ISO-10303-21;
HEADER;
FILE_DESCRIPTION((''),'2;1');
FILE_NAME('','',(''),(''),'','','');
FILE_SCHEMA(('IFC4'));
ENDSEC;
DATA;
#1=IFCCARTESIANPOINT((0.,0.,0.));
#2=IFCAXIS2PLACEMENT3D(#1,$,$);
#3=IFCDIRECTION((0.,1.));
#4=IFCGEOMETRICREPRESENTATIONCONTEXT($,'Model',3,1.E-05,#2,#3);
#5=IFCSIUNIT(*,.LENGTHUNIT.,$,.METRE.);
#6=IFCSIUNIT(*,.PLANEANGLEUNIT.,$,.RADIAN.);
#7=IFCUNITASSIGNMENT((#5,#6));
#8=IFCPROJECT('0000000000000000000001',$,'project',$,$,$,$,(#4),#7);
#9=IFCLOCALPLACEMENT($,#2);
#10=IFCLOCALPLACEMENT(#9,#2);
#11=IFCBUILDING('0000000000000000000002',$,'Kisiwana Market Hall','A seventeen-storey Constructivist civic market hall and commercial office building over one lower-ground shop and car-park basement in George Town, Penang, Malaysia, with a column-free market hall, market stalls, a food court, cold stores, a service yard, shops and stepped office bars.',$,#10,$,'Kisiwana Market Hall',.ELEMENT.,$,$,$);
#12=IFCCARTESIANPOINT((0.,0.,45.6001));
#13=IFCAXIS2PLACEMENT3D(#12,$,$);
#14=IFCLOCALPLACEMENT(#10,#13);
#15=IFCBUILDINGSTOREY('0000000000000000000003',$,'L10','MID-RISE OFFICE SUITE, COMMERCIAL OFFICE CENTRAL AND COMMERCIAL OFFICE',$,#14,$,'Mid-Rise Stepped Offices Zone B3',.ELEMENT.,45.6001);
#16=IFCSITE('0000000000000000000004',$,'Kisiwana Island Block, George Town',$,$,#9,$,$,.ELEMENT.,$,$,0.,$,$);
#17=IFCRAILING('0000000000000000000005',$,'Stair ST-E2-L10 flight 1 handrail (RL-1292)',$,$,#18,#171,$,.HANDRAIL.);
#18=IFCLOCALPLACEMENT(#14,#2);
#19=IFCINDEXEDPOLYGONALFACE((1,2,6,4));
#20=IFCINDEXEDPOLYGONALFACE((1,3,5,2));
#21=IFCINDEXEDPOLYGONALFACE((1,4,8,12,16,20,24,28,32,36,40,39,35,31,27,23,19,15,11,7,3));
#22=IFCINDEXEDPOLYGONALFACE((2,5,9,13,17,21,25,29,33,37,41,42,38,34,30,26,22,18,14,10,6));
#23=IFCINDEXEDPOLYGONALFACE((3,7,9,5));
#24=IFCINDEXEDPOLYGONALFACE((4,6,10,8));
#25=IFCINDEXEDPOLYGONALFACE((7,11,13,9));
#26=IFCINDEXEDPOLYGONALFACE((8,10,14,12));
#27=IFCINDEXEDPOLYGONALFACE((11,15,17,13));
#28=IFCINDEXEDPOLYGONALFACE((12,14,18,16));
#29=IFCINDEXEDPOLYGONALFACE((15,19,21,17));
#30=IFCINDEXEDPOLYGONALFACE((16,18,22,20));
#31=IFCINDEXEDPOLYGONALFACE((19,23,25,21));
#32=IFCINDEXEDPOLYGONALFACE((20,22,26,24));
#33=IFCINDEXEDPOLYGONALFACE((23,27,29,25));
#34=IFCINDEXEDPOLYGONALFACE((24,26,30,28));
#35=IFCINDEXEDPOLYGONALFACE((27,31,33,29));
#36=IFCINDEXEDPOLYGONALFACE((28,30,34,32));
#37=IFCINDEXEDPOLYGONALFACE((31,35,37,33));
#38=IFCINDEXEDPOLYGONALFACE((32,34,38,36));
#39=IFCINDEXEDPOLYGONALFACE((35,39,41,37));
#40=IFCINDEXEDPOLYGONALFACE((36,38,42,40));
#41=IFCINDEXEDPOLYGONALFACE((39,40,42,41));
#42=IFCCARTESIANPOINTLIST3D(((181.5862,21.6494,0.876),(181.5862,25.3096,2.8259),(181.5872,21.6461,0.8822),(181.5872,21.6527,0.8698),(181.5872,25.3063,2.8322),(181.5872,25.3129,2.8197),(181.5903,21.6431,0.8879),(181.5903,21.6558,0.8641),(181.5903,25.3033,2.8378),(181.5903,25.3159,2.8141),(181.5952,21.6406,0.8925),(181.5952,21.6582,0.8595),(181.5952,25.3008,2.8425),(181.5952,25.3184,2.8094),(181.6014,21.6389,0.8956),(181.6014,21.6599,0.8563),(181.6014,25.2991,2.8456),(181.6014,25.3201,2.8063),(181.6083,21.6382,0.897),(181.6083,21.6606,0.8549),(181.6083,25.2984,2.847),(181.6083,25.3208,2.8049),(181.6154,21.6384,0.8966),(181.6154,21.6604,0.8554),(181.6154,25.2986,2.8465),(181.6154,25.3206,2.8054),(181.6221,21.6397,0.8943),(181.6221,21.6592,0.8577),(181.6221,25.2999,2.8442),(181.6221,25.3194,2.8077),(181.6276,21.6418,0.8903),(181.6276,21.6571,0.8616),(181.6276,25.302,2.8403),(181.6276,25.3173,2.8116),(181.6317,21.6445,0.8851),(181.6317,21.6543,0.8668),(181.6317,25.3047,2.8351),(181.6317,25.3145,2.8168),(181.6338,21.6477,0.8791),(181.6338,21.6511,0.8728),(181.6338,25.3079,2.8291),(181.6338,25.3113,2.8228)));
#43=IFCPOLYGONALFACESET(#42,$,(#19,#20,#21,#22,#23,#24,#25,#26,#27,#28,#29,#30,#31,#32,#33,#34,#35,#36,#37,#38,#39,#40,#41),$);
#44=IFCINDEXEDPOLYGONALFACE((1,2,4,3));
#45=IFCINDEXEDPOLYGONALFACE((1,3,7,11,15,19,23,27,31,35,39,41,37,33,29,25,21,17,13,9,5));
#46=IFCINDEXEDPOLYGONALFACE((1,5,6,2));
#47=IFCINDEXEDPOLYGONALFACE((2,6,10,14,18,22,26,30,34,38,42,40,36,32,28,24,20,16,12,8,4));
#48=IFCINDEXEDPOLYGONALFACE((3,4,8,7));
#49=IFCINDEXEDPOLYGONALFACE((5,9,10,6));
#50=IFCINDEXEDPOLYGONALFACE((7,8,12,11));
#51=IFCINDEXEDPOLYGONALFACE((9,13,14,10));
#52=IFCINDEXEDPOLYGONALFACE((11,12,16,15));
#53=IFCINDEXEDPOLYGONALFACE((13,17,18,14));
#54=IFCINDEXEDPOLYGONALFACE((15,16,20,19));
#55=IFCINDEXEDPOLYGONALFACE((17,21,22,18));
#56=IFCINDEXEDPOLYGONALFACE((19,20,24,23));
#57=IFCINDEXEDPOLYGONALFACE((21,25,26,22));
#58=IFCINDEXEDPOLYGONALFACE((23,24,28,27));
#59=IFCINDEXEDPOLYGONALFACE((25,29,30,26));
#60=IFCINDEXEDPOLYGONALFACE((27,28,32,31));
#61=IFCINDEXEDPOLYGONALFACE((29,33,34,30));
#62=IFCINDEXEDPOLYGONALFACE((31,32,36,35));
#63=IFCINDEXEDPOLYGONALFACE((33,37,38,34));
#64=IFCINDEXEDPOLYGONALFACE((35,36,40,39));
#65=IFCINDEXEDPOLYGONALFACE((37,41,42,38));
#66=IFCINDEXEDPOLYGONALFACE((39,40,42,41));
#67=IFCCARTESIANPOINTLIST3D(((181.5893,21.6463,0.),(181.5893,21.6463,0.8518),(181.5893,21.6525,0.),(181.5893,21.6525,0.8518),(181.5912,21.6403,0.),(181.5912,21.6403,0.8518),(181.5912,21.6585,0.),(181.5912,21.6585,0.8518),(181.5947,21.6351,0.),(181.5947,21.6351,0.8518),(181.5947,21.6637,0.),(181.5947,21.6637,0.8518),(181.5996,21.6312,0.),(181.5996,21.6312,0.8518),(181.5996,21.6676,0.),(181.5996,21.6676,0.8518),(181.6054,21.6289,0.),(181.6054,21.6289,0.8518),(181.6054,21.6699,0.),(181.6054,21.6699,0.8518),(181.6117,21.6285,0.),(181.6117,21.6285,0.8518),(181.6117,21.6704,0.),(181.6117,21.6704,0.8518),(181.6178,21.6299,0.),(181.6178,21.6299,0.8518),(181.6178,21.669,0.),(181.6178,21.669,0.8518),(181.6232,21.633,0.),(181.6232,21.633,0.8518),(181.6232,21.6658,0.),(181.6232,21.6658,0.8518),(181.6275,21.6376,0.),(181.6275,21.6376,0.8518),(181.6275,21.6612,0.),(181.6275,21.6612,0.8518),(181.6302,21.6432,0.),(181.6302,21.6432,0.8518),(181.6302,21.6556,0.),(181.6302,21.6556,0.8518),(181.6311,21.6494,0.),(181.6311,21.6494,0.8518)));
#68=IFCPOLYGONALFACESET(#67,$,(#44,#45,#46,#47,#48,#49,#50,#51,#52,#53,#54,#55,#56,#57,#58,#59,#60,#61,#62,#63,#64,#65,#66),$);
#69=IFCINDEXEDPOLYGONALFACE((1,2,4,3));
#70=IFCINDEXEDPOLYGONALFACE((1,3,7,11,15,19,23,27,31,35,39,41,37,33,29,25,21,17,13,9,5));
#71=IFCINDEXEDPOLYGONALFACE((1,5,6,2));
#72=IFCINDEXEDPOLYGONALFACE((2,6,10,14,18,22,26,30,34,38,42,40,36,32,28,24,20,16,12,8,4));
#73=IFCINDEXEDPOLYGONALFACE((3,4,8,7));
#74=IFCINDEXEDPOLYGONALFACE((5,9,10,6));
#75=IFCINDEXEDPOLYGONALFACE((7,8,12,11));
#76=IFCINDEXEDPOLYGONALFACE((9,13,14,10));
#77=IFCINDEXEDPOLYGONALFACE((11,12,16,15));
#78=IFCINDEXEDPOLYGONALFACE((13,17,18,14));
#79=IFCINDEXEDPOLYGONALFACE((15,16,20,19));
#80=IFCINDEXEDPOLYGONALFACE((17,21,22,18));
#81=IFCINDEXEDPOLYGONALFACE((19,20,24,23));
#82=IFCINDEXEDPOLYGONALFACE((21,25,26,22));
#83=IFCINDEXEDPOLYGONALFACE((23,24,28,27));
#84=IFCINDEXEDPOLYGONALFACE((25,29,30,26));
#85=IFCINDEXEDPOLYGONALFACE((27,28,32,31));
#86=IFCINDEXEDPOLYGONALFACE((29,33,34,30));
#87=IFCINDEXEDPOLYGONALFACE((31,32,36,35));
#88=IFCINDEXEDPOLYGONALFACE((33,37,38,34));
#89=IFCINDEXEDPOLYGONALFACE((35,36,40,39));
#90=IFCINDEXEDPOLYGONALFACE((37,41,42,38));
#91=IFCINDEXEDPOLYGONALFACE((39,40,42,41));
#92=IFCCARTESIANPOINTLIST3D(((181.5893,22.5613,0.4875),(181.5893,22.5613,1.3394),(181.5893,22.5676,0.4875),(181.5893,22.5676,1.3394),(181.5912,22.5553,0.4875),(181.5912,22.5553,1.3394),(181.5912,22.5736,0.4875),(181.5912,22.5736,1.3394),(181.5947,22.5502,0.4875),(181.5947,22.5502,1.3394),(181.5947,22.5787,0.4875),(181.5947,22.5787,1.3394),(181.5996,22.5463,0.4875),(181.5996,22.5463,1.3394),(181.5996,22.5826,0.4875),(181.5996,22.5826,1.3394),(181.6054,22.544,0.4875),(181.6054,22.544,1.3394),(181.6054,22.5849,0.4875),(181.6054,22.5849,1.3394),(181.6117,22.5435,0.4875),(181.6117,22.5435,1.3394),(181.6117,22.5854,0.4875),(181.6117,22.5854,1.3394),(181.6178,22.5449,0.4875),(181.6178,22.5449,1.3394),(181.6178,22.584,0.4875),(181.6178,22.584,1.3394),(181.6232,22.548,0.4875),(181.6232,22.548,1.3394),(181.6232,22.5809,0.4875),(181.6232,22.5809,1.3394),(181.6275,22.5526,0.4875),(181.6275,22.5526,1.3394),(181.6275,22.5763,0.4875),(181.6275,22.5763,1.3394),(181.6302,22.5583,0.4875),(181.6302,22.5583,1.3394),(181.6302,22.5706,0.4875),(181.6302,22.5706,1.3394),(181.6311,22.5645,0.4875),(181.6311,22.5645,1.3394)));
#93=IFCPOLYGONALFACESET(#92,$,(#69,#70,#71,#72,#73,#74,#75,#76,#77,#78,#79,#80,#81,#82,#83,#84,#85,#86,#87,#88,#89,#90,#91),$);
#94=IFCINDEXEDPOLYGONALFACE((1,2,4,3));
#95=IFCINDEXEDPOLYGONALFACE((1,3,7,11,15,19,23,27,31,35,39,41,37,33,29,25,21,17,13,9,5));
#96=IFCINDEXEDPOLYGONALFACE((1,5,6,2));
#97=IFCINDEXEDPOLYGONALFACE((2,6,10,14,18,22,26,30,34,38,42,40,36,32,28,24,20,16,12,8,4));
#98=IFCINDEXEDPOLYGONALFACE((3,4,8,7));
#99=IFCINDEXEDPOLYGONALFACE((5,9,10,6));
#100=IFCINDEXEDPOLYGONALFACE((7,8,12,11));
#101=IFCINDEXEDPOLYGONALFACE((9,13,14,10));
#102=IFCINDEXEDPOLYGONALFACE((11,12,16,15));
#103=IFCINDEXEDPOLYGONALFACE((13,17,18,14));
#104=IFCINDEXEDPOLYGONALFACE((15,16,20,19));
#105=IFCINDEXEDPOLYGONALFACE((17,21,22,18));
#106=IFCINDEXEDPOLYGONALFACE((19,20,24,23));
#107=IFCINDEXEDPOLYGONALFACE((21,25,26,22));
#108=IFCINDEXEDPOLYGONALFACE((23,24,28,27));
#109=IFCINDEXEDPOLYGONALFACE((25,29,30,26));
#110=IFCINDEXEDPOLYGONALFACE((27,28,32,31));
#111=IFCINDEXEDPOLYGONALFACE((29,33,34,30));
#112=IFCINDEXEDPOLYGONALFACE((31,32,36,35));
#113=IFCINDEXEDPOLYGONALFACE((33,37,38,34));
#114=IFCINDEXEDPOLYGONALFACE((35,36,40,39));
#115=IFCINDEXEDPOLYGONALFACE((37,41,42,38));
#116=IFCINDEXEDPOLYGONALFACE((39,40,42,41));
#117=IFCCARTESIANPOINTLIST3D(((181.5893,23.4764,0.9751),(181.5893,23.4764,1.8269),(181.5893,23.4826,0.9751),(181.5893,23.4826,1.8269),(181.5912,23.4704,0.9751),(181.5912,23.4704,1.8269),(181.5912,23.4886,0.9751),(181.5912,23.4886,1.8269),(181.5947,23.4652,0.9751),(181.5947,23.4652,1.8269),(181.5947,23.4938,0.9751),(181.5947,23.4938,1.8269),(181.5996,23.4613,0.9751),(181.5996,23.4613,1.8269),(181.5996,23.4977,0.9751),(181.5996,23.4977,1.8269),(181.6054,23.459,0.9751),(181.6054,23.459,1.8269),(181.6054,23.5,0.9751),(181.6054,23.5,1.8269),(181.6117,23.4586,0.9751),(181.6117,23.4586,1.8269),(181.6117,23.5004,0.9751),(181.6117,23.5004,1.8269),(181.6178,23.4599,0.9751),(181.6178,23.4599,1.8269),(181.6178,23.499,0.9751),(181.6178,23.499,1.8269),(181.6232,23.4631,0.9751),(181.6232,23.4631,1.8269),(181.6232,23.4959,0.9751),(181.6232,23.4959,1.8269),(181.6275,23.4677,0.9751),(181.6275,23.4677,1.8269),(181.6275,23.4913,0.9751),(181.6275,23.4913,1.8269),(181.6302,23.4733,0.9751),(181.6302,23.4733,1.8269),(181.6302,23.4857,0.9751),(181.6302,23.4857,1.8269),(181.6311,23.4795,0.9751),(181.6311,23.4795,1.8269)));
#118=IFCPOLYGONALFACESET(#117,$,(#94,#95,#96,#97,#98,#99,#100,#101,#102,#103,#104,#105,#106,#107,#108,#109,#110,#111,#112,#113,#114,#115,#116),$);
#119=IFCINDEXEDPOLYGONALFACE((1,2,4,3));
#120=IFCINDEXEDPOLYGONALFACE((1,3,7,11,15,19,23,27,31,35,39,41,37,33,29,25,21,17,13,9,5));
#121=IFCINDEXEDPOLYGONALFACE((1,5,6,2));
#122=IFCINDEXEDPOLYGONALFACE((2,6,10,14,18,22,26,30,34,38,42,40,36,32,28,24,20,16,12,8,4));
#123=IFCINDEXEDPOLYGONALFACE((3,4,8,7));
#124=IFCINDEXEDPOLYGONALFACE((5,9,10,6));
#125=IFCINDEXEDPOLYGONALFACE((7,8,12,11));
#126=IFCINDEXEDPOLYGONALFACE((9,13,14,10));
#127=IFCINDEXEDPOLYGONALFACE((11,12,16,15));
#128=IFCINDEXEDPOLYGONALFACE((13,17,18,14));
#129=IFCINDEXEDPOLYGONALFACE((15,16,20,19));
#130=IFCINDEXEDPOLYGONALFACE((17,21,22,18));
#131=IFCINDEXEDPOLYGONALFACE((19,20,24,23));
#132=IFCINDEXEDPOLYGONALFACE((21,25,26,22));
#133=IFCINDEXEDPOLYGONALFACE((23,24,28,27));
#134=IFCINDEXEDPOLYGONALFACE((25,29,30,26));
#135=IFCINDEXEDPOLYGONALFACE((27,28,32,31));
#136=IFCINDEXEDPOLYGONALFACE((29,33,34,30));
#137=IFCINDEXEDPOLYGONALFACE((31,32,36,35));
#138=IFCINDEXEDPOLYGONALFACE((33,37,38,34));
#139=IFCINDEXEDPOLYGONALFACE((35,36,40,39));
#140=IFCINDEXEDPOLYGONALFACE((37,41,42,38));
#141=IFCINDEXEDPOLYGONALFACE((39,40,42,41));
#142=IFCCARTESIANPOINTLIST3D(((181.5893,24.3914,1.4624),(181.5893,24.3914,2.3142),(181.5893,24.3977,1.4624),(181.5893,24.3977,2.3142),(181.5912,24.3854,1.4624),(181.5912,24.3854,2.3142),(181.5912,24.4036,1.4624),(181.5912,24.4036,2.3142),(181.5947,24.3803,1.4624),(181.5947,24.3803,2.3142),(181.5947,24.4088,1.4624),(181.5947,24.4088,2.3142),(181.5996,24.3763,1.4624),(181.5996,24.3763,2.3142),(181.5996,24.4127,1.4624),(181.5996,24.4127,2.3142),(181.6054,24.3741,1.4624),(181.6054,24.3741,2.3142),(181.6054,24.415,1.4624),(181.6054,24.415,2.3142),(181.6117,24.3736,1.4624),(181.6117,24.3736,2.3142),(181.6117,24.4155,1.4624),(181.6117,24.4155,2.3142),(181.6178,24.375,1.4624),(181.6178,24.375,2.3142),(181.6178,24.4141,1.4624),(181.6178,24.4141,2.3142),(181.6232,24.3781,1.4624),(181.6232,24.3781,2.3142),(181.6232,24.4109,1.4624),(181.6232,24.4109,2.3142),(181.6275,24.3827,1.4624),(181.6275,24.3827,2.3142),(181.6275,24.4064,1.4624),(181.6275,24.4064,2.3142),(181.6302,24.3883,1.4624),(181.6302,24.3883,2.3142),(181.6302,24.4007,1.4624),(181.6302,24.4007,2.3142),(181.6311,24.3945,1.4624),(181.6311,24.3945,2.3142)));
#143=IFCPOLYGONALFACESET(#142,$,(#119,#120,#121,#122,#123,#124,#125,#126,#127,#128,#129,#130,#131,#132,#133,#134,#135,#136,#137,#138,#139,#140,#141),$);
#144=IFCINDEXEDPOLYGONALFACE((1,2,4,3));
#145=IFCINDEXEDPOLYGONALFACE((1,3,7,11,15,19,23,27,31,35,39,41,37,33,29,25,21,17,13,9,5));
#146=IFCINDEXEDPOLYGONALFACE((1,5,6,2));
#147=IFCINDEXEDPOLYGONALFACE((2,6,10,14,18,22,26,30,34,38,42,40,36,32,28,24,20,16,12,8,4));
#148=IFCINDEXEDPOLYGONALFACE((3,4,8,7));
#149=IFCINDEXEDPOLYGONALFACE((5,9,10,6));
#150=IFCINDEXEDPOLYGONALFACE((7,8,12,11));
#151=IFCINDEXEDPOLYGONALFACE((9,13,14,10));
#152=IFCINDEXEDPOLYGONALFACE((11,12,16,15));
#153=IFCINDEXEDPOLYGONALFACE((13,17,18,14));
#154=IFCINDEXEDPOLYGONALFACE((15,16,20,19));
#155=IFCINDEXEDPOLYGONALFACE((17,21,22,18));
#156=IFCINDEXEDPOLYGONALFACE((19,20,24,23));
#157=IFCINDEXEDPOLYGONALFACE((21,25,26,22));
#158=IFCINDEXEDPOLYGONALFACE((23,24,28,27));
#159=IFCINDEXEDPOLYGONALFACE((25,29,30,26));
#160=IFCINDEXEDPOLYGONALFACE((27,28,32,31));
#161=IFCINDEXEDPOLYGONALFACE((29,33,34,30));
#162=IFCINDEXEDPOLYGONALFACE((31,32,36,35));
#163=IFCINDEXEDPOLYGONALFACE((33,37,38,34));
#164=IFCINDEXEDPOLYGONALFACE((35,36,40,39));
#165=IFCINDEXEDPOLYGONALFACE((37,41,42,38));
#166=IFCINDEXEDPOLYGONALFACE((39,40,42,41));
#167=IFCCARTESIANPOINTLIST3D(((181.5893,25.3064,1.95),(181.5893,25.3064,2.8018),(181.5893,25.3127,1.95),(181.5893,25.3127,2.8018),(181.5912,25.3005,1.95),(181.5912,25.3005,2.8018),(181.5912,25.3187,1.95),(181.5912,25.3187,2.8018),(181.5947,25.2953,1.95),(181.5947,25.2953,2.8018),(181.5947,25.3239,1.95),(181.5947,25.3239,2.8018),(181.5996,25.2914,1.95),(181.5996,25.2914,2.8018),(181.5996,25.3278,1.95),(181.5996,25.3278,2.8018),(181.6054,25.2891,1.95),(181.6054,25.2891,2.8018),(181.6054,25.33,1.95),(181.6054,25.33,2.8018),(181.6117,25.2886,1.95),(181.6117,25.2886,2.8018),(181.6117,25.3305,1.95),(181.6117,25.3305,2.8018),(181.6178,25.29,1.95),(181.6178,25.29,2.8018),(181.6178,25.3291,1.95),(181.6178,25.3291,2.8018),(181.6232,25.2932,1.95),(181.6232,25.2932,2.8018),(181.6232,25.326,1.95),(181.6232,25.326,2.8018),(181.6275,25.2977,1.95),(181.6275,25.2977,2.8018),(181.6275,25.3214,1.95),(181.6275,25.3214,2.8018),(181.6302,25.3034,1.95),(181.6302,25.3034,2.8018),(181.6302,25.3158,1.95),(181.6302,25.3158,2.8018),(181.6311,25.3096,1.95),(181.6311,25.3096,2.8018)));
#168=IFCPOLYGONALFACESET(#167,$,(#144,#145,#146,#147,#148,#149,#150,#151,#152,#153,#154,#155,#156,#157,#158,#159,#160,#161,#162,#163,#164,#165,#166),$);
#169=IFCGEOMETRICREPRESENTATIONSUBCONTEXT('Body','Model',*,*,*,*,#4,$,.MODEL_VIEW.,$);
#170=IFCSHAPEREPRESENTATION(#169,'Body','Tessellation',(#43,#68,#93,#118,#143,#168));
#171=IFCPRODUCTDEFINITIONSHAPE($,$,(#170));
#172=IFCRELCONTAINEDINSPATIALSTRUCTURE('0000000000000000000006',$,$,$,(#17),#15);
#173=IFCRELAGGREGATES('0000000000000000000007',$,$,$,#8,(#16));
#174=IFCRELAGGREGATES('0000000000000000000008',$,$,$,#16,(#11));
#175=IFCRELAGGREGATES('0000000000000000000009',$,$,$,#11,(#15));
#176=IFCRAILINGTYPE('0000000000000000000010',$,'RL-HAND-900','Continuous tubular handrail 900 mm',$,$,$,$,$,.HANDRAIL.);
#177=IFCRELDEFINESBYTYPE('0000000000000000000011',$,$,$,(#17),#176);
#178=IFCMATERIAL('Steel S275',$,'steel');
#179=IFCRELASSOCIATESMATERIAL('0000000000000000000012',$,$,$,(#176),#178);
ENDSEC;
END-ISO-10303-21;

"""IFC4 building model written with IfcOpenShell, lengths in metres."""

from ifc_helpers import new_model, si_unit, direction, frame, origin, origin_2d, place, context, subcontext, project, spatial, circle, extrude, material, type_object, element, save


model = new_model("IFC4")

# Units and contexts
model_context = context("Model", 3, precision=1e-05, world=origin(), true_north=direction((0.0, 1.0)))
body_context = subcontext(model_context, "Body", "Model", "MODEL_VIEW")
ifc_project = project(units=[si_unit("LENGTHUNIT", "METRE"), si_unit("PLANEANGLEUNIT", "RADIAN")], contexts=[model_context])

# Site, building, storey
site_placement = place(None, origin())
site = spatial("IfcSite", under=ifc_project, at=site_placement, Name="Kisiwana Island Block, George Town", CompositionType="ELEMENT", RefElevation=0.0)
building_placement = place(site_placement, origin())
building = spatial("IfcBuilding", under=site, at=building_placement, Name="Kisiwana Market Hall", Description="A seventeen-storey Constructivist civic market hall and commercial office building over one lower-ground shop and car-park basement in George Town, Penang, Malaysia, with a column-free market hall, market stalls, a food court, cold stores, a service yard, shops and stepped office bars.", LongName="Kisiwana Market Hall", CompositionType="ELEMENT")
storey_placement = place(building_placement, frame((0.0, 0.0, 45.6001)))
storey = spatial("IfcBuildingStorey", under=building, at=storey_placement, Name="L10", Description="MID-RISE OFFICE SUITE, COMMERCIAL OFFICE CENTRAL AND COMMERCIAL OFFICE", LongName="Mid-Rise Stepped Offices Zone B3", CompositionType="ELEMENT", Elevation=45.6001)

# Railing
ifc_material_1 = material(Name="Steel S275", Category="steel")
railing_type_1 = type_object("IfcRailingType", Name="RL-HAND-900", Description="Continuous tubular handrail 900 mm", PredefinedType="HANDRAIL", material=ifc_material_1)
railing_1_placement = place(storey_placement, frame((181.6101, 21.6494, 0.0)))
element("IfcRailing", 1, at=railing_1_placement, inside=storey, type_object=railing_type_1, Name="Stair ST-E2-L10 flight 1 handrail (RL-1292)", PredefinedType="HANDRAIL", context=body_context, shape_type="SweptSolid", body=[
    extrude(circle(Radius=0.0239, at=origin_2d()), frame((0.0, 0.0, 0.876), z_axis=(0.0, 0.882566, 0.470188), x_axis=(-1.0, 0.0, 0.0)), (0.0, 0.0, 1.0), 4.1472),
    extrude(circle(Radius=0.021, at=origin_2d()), origin(), (0.0, 0.0, 1.0), 0.8518),
    extrude(circle(Radius=0.021, at=origin_2d()), frame((0.0, 0.915, 0.4875)), (0.0, 0.0, 1.0), 0.8518),
    extrude(circle(Radius=0.021, at=origin_2d()), frame((0.0, 1.8301, 0.9751)), (0.0, 0.0, 1.0), 0.8518),
    extrude(circle(Radius=0.021, at=origin_2d()), frame((0.0, 2.7451, 1.4624)), (0.0, 0.0, 1.0), 0.8518),
    extrude(circle(Radius=0.021, at=origin_2d()), frame((0.0, 3.6602, 1.95)), (0.0, 0.0, 1.0), 0.8518),
])

save(model, "model.ifc")
